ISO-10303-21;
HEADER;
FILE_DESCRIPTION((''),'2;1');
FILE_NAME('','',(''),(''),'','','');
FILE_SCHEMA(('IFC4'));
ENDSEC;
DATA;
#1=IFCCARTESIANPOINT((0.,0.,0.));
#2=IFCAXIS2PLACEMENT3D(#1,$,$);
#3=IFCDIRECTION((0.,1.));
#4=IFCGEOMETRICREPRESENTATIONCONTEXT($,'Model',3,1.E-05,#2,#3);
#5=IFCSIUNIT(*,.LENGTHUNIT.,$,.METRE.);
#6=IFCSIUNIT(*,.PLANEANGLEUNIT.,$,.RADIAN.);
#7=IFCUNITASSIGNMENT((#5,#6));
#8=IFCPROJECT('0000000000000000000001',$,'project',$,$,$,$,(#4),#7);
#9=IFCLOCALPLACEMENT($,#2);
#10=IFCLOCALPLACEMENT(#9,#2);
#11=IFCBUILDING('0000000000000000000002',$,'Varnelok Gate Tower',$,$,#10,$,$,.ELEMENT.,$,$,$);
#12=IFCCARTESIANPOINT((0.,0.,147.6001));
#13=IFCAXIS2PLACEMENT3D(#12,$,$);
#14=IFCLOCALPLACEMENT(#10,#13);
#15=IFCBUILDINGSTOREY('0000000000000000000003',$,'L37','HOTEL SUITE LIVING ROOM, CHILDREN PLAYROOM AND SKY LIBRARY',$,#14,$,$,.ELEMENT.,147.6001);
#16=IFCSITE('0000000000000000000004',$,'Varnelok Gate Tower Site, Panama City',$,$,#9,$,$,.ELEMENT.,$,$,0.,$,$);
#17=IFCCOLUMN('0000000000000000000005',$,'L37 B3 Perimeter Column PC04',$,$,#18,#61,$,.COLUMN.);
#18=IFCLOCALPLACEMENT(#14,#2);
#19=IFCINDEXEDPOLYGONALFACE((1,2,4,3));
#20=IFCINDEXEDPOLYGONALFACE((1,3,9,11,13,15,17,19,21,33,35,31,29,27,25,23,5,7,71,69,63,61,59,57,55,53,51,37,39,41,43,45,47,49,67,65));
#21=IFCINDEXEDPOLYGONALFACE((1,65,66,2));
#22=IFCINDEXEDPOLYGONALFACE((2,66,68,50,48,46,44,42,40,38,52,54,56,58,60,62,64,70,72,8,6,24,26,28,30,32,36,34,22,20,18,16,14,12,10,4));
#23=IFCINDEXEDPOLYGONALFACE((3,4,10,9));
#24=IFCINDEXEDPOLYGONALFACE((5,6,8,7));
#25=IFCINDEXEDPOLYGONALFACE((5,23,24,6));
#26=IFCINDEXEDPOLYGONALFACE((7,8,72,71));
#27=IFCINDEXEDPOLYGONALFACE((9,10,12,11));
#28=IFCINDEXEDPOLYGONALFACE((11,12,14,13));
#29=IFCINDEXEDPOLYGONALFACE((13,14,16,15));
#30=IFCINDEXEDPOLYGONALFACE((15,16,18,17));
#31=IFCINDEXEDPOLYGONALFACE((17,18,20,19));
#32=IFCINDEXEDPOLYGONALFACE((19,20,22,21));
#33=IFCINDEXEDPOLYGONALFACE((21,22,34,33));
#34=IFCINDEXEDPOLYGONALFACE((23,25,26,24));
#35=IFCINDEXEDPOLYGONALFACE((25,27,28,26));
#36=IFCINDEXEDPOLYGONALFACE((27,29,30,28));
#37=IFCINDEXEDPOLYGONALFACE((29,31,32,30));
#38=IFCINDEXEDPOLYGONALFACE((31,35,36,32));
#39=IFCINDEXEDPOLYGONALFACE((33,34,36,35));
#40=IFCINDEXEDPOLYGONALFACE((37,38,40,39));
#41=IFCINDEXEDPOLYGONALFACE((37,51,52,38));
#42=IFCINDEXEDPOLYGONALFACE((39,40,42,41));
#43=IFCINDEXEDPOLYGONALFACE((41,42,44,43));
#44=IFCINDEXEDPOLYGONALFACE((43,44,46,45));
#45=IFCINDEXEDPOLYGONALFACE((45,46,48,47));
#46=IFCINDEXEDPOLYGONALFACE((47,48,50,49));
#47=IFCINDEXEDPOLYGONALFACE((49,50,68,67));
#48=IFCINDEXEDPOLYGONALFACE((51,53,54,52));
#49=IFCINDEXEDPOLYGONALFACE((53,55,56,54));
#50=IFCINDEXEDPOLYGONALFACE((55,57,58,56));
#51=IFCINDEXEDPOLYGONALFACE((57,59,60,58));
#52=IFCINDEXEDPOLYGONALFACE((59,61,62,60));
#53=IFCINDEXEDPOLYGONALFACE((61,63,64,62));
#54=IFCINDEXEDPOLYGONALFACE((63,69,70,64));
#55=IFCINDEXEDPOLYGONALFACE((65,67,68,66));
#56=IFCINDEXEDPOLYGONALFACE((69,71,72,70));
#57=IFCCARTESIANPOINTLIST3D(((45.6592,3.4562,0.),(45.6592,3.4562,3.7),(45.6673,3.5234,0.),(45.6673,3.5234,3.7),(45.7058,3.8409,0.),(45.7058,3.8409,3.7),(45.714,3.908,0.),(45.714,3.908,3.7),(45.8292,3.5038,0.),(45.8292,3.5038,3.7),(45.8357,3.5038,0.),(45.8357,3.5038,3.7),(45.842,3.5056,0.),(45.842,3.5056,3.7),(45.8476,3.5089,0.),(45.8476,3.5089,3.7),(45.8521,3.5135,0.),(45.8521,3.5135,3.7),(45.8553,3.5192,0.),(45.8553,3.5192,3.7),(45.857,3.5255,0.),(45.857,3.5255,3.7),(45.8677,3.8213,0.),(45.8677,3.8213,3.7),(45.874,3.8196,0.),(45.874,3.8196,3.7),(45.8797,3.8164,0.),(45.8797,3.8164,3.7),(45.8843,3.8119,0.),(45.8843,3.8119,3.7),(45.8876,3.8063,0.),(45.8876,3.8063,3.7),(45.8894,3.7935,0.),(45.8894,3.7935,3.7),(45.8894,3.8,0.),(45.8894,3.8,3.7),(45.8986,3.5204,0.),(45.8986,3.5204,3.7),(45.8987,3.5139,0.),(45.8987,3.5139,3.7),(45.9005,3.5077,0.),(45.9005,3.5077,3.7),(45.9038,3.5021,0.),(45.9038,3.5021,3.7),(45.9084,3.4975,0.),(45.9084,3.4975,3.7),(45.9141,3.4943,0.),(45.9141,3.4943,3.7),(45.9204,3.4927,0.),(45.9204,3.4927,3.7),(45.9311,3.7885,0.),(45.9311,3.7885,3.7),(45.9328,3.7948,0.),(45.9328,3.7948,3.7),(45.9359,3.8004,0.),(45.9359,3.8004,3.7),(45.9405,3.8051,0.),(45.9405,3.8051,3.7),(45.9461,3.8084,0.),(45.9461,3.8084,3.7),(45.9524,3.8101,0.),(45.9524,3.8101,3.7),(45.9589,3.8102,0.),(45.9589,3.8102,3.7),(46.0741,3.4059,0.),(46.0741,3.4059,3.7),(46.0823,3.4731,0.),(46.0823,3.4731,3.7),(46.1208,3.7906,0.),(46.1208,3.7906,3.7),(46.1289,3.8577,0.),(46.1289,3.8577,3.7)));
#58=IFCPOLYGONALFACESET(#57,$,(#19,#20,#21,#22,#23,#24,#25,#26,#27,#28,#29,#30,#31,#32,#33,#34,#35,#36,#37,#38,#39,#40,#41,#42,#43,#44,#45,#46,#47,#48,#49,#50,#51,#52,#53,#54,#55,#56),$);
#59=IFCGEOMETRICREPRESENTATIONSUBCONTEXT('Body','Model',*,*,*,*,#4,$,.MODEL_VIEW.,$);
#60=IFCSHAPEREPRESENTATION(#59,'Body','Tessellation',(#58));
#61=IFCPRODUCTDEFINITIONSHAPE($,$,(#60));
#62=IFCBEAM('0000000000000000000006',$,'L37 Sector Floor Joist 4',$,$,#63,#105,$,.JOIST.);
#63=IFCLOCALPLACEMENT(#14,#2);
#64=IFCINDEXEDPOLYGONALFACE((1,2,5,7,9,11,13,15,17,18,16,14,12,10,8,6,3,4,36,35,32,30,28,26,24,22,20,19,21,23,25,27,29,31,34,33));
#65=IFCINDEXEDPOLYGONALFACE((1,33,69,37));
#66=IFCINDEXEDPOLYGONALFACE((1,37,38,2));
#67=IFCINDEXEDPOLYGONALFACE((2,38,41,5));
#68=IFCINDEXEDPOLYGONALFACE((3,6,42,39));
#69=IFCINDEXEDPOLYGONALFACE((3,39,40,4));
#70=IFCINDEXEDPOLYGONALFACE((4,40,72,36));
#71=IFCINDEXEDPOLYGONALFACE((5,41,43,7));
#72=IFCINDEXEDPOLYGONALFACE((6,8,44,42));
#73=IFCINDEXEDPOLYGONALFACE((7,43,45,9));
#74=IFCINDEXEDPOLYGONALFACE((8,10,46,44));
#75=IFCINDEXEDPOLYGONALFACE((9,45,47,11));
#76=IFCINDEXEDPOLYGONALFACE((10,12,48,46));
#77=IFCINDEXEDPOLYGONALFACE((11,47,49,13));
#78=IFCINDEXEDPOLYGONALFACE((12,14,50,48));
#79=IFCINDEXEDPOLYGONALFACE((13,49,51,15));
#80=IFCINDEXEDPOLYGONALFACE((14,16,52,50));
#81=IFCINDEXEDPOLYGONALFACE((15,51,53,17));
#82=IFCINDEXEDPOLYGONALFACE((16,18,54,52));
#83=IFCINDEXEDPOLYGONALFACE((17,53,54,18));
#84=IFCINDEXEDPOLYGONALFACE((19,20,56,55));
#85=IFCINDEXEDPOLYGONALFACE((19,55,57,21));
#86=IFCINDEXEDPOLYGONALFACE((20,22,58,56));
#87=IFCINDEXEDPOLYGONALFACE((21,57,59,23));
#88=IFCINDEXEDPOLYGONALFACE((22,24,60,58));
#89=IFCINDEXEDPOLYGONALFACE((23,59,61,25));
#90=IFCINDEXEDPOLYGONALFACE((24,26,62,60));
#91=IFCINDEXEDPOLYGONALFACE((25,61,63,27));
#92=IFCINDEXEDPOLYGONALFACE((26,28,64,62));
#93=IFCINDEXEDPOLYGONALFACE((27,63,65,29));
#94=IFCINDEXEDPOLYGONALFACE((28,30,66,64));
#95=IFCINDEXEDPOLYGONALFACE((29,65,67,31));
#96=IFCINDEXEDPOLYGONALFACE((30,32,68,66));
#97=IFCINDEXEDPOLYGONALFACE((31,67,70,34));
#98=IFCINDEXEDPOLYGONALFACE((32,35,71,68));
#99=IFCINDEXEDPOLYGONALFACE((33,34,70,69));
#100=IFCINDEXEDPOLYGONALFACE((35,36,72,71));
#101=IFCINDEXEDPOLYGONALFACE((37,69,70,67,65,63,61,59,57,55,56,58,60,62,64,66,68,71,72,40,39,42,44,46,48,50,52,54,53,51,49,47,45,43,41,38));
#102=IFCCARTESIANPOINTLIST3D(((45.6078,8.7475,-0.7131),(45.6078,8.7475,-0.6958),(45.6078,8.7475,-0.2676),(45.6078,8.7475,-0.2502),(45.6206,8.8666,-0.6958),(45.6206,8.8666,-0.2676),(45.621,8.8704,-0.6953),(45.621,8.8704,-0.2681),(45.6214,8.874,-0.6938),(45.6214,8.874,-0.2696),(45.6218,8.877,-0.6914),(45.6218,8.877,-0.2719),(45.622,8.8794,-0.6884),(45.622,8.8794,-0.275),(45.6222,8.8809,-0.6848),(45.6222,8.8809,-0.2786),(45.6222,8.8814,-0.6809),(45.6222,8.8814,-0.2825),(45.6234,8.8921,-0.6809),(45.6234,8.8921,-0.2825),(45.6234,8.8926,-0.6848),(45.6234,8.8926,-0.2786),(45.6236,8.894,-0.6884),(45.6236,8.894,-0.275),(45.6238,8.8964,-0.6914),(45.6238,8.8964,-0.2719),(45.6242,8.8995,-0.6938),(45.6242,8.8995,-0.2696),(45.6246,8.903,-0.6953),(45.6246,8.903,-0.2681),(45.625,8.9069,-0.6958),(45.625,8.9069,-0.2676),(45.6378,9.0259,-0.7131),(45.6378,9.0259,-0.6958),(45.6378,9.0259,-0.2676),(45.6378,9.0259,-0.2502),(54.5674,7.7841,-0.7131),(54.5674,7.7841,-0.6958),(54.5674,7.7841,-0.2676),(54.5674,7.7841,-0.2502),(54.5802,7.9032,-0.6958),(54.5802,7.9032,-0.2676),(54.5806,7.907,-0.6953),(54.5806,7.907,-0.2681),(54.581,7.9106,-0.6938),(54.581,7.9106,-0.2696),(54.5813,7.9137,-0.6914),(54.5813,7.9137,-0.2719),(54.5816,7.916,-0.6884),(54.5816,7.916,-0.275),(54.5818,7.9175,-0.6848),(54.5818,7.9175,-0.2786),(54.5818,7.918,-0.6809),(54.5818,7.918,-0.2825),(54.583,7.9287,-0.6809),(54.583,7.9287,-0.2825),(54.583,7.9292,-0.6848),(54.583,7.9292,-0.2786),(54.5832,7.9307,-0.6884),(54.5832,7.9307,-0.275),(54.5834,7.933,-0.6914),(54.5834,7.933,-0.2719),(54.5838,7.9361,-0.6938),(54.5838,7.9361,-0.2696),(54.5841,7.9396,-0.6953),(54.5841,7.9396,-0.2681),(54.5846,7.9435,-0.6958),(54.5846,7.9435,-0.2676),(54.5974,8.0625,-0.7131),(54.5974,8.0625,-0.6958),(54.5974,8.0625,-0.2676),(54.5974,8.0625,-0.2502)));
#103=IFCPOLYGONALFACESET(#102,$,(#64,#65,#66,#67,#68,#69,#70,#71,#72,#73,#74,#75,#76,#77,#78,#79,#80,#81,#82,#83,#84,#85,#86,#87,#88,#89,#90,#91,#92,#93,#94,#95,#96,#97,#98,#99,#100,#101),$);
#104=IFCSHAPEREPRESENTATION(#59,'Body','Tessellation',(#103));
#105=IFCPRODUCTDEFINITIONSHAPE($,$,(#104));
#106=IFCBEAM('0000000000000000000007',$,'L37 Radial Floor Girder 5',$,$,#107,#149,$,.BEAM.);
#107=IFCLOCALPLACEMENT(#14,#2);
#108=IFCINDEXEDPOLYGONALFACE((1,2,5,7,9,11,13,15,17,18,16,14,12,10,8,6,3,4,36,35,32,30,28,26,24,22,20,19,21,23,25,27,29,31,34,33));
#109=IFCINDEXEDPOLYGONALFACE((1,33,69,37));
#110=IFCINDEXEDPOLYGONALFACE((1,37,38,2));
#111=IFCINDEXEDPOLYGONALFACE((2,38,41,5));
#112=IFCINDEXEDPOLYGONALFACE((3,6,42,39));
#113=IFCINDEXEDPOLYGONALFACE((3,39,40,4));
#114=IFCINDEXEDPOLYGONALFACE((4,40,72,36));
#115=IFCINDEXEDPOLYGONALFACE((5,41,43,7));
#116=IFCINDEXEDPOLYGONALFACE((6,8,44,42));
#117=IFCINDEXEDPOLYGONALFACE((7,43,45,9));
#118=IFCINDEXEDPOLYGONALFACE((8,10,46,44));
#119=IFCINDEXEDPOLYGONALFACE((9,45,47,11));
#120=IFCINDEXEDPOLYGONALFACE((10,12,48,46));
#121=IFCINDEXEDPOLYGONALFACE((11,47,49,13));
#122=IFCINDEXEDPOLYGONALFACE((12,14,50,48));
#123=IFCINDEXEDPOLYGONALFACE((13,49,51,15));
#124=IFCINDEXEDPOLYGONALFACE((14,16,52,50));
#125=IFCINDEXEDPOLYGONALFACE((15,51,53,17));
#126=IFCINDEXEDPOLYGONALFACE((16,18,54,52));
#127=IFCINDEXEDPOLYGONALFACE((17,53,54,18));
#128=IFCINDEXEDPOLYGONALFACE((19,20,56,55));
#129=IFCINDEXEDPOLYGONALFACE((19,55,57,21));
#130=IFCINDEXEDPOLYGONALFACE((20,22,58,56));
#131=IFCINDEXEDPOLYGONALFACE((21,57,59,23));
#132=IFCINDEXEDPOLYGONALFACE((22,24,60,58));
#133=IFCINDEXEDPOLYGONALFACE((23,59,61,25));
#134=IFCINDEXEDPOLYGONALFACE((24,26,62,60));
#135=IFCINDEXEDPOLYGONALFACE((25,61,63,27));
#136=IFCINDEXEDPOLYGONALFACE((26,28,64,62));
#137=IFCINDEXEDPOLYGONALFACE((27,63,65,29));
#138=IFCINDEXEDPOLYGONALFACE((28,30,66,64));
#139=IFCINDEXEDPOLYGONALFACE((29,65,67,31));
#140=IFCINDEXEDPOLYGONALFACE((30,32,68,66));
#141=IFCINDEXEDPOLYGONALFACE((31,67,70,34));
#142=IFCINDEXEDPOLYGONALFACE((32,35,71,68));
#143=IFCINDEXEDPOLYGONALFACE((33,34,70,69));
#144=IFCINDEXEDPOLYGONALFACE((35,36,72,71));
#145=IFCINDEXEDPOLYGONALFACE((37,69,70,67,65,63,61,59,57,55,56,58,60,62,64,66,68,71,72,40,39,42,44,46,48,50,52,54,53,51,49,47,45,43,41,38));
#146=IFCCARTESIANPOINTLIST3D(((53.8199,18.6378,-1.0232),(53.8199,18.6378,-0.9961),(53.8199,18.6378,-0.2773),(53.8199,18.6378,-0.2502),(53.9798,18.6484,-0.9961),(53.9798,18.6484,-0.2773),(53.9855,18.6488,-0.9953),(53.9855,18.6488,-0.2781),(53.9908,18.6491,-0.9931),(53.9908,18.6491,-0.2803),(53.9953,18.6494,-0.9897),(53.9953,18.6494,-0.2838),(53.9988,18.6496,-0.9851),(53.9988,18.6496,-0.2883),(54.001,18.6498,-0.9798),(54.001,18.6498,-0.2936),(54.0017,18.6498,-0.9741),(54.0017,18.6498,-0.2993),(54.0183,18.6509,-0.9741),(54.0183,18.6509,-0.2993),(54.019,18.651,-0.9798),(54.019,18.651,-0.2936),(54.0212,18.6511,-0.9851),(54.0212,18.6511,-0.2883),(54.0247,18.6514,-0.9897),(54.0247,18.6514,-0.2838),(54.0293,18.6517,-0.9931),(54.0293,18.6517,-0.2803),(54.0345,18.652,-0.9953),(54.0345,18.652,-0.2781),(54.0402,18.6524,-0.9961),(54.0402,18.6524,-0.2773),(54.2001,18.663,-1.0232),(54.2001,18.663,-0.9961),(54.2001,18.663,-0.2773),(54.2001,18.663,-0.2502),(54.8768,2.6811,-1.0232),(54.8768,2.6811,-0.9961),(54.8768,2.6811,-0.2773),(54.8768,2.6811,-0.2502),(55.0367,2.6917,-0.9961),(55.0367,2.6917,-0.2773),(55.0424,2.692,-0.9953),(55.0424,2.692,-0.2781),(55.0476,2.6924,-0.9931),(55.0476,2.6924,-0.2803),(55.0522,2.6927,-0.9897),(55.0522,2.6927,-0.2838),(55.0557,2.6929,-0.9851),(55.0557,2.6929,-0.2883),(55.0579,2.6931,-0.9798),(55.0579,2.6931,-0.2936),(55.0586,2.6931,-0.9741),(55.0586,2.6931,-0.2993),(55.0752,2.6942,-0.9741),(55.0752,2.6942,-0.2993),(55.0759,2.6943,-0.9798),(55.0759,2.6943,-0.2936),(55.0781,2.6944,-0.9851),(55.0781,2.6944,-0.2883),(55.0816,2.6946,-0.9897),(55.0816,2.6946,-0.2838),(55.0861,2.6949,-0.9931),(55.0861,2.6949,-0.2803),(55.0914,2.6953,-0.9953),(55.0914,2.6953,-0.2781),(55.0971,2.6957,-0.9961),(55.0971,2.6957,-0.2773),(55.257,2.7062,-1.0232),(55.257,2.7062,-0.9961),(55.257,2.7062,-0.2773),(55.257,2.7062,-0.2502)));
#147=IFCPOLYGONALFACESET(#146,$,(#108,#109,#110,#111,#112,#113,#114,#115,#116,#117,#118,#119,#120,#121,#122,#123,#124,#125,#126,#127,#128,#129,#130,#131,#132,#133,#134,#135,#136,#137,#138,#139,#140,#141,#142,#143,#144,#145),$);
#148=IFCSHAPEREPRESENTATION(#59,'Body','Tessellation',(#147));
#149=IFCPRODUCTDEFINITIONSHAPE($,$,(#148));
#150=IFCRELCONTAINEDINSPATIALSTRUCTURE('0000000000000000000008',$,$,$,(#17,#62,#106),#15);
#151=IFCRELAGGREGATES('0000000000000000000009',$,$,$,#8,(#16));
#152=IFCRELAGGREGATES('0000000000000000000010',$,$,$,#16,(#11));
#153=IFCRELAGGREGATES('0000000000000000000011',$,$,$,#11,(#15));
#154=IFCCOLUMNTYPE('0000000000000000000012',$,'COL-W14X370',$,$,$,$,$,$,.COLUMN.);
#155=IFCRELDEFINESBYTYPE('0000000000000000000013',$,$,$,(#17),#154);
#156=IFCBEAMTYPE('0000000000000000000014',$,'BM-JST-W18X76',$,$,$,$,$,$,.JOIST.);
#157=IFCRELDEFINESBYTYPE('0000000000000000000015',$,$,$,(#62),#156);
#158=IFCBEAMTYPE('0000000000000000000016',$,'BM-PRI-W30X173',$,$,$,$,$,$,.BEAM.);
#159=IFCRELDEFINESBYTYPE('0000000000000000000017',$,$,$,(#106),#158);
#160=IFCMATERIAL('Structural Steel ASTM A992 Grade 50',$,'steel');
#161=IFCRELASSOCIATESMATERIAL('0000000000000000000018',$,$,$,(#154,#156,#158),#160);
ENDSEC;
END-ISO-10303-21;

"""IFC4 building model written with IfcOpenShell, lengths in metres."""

from ifc_helpers import new_model, si_unit, direction, frame, origin, origin_2d, place, context, subcontext, project, spatial, i_section, extrude, material, material_profile, profile_set, type_object, element, save


model = new_model("IFC4")

# Units and contexts
model_context = context("Model", 3, precision=1e-05, world=origin(), true_north=direction((0.0, 1.0)))
body_context = subcontext(model_context, "Body", "Model", "MODEL_VIEW")
ifc_project = project(units=[si_unit("LENGTHUNIT", "METRE"), si_unit("PLANEANGLEUNIT", "RADIAN")], contexts=[model_context])

# Site, building, storey
site_placement = place(None, origin())
site = spatial("IfcSite", under=ifc_project, at=site_placement, Name="Varnelok Gate Tower Site, Panama City", CompositionType="ELEMENT", RefElevation=0.0)
building_placement = place(site_placement, origin())
building = spatial("IfcBuilding", under=site, at=building_placement, Name="Varnelok Gate Tower", CompositionType="ELEMENT")
storey_placement = place(building_placement, frame((0.0, 0.0, 147.6001)))
storey = spatial("IfcBuildingStorey", under=building, at=storey_placement, Name="L37", Description="HOTEL SUITE LIVING ROOM, CHILDREN PLAYROOM AND SKY LIBRARY", CompositionType="ELEMENT", Elevation=147.6001)

# Column
ifc_material_1 = material(Name="Structural Steel ASTM A992 Grade 50", Category="steel")
ifc_material_profile_1 = material_profile(ifc_material_1, i_section(OverallWidth=0.418, OverallDepth=0.4551, WebThickness=0.042, FlangeThickness=0.0676, FilletRadius=0.0249, at=origin_2d()), Name="W14X370")
ifc_profile_set_1 = profile_set([ifc_material_profile_1], Name="Structural Steel ASTM A992 Grade 50")
column_type = type_object("IfcColumnType", Name="COL-W14X370", PredefinedType="COLUMN", material=ifc_profile_set_1)
column_placement = place(storey_placement, frame((45.894, 3.657, 0.0), z_axis=(0.0, 0.0, 1.0), x_axis=(0.992732, -0.120345, 0.0)))
element("IfcColumn", 1, at=column_placement, inside=storey, type_object=column_type, Name="L37 B3 Perimeter Column PC04", PredefinedType="COLUMN", context=body_context, shape_type="SweptSolid", body=[
    extrude(i_section(OverallWidth=0.418, OverallDepth=0.4551, WebThickness=0.042, FlangeThickness=0.0676, FilletRadius=0.0249, at=origin_2d()), origin(), (0.0, 0.0, 1.0), 3.7),
])

# Beams
ifc_material_profile_2 = material_profile(ifc_material_1, i_section(OverallWidth=0.28, OverallDepth=0.4629, WebThickness=0.0107, FlangeThickness=0.0173, FilletRadius=0.0149, at=origin_2d()), Name="W18X76")
ifc_profile_set_2 = profile_set([ifc_material_profile_2], Name="Structural Steel ASTM A992 Grade 50")
beam_type_1 = type_object("IfcBeamType", Name="BM-JST-W18X76", PredefinedType="JOIST", material=ifc_profile_set_2)
beam_1_placement = place(storey_placement, frame((45.6228, 8.8867, -0.4817), z_axis=(0.994269, -0.10691, 0.0), x_axis=(0.10691, 0.994269, 0.0)))
element("IfcBeam", 2, at=beam_1_placement, inside=storey, type_object=beam_type_1, Name="L37 Sector Floor Joist 4", PredefinedType="JOIST", context=body_context, shape_type="SweptSolid", body=[
    extrude(i_section(OverallWidth=0.28, OverallDepth=0.4629, WebThickness=0.0107, FlangeThickness=0.0173, FilletRadius=0.0149, at=origin_2d()), origin(), (0.0, 0.0, 1.0), 9.0112),
])
ifc_material_profile_3 = material_profile(ifc_material_1, i_section(OverallWidth=0.3811, OverallDepth=0.7729, WebThickness=0.0166, FlangeThickness=0.0271, FilletRadius=0.022, at=origin_2d()), Name="W30X173")
ifc_profile_set_3 = profile_set([ifc_material_profile_3], Name="Structural Steel ASTM A992 Grade 50")
beam_type_2 = type_object("IfcBeamType", Name="BM-PRI-W30X173", PredefinedType="BEAM", material=ifc_profile_set_3)
beam_2_placement = place(storey_placement, frame((54.01, 18.6504, -0.6367), z_axis=(0.066089, -0.997814, 0.0), x_axis=(0.997814, 0.066089, 0.0)))
element("IfcBeam", 3, at=beam_2_placement, inside=storey, type_object=beam_type_2, Name="L37 Radial Floor Girder 5", PredefinedType="BEAM", context=body_context, shape_type="SweptSolid", body=[
    extrude(i_section(OverallWidth=0.3811, OverallDepth=0.7729, WebThickness=0.0166, FlangeThickness=0.0271, FilletRadius=0.022, at=origin_2d()), origin(), (0.0, 0.0, 1.0), 15.9917),
])

save(model, "model.ifc")
